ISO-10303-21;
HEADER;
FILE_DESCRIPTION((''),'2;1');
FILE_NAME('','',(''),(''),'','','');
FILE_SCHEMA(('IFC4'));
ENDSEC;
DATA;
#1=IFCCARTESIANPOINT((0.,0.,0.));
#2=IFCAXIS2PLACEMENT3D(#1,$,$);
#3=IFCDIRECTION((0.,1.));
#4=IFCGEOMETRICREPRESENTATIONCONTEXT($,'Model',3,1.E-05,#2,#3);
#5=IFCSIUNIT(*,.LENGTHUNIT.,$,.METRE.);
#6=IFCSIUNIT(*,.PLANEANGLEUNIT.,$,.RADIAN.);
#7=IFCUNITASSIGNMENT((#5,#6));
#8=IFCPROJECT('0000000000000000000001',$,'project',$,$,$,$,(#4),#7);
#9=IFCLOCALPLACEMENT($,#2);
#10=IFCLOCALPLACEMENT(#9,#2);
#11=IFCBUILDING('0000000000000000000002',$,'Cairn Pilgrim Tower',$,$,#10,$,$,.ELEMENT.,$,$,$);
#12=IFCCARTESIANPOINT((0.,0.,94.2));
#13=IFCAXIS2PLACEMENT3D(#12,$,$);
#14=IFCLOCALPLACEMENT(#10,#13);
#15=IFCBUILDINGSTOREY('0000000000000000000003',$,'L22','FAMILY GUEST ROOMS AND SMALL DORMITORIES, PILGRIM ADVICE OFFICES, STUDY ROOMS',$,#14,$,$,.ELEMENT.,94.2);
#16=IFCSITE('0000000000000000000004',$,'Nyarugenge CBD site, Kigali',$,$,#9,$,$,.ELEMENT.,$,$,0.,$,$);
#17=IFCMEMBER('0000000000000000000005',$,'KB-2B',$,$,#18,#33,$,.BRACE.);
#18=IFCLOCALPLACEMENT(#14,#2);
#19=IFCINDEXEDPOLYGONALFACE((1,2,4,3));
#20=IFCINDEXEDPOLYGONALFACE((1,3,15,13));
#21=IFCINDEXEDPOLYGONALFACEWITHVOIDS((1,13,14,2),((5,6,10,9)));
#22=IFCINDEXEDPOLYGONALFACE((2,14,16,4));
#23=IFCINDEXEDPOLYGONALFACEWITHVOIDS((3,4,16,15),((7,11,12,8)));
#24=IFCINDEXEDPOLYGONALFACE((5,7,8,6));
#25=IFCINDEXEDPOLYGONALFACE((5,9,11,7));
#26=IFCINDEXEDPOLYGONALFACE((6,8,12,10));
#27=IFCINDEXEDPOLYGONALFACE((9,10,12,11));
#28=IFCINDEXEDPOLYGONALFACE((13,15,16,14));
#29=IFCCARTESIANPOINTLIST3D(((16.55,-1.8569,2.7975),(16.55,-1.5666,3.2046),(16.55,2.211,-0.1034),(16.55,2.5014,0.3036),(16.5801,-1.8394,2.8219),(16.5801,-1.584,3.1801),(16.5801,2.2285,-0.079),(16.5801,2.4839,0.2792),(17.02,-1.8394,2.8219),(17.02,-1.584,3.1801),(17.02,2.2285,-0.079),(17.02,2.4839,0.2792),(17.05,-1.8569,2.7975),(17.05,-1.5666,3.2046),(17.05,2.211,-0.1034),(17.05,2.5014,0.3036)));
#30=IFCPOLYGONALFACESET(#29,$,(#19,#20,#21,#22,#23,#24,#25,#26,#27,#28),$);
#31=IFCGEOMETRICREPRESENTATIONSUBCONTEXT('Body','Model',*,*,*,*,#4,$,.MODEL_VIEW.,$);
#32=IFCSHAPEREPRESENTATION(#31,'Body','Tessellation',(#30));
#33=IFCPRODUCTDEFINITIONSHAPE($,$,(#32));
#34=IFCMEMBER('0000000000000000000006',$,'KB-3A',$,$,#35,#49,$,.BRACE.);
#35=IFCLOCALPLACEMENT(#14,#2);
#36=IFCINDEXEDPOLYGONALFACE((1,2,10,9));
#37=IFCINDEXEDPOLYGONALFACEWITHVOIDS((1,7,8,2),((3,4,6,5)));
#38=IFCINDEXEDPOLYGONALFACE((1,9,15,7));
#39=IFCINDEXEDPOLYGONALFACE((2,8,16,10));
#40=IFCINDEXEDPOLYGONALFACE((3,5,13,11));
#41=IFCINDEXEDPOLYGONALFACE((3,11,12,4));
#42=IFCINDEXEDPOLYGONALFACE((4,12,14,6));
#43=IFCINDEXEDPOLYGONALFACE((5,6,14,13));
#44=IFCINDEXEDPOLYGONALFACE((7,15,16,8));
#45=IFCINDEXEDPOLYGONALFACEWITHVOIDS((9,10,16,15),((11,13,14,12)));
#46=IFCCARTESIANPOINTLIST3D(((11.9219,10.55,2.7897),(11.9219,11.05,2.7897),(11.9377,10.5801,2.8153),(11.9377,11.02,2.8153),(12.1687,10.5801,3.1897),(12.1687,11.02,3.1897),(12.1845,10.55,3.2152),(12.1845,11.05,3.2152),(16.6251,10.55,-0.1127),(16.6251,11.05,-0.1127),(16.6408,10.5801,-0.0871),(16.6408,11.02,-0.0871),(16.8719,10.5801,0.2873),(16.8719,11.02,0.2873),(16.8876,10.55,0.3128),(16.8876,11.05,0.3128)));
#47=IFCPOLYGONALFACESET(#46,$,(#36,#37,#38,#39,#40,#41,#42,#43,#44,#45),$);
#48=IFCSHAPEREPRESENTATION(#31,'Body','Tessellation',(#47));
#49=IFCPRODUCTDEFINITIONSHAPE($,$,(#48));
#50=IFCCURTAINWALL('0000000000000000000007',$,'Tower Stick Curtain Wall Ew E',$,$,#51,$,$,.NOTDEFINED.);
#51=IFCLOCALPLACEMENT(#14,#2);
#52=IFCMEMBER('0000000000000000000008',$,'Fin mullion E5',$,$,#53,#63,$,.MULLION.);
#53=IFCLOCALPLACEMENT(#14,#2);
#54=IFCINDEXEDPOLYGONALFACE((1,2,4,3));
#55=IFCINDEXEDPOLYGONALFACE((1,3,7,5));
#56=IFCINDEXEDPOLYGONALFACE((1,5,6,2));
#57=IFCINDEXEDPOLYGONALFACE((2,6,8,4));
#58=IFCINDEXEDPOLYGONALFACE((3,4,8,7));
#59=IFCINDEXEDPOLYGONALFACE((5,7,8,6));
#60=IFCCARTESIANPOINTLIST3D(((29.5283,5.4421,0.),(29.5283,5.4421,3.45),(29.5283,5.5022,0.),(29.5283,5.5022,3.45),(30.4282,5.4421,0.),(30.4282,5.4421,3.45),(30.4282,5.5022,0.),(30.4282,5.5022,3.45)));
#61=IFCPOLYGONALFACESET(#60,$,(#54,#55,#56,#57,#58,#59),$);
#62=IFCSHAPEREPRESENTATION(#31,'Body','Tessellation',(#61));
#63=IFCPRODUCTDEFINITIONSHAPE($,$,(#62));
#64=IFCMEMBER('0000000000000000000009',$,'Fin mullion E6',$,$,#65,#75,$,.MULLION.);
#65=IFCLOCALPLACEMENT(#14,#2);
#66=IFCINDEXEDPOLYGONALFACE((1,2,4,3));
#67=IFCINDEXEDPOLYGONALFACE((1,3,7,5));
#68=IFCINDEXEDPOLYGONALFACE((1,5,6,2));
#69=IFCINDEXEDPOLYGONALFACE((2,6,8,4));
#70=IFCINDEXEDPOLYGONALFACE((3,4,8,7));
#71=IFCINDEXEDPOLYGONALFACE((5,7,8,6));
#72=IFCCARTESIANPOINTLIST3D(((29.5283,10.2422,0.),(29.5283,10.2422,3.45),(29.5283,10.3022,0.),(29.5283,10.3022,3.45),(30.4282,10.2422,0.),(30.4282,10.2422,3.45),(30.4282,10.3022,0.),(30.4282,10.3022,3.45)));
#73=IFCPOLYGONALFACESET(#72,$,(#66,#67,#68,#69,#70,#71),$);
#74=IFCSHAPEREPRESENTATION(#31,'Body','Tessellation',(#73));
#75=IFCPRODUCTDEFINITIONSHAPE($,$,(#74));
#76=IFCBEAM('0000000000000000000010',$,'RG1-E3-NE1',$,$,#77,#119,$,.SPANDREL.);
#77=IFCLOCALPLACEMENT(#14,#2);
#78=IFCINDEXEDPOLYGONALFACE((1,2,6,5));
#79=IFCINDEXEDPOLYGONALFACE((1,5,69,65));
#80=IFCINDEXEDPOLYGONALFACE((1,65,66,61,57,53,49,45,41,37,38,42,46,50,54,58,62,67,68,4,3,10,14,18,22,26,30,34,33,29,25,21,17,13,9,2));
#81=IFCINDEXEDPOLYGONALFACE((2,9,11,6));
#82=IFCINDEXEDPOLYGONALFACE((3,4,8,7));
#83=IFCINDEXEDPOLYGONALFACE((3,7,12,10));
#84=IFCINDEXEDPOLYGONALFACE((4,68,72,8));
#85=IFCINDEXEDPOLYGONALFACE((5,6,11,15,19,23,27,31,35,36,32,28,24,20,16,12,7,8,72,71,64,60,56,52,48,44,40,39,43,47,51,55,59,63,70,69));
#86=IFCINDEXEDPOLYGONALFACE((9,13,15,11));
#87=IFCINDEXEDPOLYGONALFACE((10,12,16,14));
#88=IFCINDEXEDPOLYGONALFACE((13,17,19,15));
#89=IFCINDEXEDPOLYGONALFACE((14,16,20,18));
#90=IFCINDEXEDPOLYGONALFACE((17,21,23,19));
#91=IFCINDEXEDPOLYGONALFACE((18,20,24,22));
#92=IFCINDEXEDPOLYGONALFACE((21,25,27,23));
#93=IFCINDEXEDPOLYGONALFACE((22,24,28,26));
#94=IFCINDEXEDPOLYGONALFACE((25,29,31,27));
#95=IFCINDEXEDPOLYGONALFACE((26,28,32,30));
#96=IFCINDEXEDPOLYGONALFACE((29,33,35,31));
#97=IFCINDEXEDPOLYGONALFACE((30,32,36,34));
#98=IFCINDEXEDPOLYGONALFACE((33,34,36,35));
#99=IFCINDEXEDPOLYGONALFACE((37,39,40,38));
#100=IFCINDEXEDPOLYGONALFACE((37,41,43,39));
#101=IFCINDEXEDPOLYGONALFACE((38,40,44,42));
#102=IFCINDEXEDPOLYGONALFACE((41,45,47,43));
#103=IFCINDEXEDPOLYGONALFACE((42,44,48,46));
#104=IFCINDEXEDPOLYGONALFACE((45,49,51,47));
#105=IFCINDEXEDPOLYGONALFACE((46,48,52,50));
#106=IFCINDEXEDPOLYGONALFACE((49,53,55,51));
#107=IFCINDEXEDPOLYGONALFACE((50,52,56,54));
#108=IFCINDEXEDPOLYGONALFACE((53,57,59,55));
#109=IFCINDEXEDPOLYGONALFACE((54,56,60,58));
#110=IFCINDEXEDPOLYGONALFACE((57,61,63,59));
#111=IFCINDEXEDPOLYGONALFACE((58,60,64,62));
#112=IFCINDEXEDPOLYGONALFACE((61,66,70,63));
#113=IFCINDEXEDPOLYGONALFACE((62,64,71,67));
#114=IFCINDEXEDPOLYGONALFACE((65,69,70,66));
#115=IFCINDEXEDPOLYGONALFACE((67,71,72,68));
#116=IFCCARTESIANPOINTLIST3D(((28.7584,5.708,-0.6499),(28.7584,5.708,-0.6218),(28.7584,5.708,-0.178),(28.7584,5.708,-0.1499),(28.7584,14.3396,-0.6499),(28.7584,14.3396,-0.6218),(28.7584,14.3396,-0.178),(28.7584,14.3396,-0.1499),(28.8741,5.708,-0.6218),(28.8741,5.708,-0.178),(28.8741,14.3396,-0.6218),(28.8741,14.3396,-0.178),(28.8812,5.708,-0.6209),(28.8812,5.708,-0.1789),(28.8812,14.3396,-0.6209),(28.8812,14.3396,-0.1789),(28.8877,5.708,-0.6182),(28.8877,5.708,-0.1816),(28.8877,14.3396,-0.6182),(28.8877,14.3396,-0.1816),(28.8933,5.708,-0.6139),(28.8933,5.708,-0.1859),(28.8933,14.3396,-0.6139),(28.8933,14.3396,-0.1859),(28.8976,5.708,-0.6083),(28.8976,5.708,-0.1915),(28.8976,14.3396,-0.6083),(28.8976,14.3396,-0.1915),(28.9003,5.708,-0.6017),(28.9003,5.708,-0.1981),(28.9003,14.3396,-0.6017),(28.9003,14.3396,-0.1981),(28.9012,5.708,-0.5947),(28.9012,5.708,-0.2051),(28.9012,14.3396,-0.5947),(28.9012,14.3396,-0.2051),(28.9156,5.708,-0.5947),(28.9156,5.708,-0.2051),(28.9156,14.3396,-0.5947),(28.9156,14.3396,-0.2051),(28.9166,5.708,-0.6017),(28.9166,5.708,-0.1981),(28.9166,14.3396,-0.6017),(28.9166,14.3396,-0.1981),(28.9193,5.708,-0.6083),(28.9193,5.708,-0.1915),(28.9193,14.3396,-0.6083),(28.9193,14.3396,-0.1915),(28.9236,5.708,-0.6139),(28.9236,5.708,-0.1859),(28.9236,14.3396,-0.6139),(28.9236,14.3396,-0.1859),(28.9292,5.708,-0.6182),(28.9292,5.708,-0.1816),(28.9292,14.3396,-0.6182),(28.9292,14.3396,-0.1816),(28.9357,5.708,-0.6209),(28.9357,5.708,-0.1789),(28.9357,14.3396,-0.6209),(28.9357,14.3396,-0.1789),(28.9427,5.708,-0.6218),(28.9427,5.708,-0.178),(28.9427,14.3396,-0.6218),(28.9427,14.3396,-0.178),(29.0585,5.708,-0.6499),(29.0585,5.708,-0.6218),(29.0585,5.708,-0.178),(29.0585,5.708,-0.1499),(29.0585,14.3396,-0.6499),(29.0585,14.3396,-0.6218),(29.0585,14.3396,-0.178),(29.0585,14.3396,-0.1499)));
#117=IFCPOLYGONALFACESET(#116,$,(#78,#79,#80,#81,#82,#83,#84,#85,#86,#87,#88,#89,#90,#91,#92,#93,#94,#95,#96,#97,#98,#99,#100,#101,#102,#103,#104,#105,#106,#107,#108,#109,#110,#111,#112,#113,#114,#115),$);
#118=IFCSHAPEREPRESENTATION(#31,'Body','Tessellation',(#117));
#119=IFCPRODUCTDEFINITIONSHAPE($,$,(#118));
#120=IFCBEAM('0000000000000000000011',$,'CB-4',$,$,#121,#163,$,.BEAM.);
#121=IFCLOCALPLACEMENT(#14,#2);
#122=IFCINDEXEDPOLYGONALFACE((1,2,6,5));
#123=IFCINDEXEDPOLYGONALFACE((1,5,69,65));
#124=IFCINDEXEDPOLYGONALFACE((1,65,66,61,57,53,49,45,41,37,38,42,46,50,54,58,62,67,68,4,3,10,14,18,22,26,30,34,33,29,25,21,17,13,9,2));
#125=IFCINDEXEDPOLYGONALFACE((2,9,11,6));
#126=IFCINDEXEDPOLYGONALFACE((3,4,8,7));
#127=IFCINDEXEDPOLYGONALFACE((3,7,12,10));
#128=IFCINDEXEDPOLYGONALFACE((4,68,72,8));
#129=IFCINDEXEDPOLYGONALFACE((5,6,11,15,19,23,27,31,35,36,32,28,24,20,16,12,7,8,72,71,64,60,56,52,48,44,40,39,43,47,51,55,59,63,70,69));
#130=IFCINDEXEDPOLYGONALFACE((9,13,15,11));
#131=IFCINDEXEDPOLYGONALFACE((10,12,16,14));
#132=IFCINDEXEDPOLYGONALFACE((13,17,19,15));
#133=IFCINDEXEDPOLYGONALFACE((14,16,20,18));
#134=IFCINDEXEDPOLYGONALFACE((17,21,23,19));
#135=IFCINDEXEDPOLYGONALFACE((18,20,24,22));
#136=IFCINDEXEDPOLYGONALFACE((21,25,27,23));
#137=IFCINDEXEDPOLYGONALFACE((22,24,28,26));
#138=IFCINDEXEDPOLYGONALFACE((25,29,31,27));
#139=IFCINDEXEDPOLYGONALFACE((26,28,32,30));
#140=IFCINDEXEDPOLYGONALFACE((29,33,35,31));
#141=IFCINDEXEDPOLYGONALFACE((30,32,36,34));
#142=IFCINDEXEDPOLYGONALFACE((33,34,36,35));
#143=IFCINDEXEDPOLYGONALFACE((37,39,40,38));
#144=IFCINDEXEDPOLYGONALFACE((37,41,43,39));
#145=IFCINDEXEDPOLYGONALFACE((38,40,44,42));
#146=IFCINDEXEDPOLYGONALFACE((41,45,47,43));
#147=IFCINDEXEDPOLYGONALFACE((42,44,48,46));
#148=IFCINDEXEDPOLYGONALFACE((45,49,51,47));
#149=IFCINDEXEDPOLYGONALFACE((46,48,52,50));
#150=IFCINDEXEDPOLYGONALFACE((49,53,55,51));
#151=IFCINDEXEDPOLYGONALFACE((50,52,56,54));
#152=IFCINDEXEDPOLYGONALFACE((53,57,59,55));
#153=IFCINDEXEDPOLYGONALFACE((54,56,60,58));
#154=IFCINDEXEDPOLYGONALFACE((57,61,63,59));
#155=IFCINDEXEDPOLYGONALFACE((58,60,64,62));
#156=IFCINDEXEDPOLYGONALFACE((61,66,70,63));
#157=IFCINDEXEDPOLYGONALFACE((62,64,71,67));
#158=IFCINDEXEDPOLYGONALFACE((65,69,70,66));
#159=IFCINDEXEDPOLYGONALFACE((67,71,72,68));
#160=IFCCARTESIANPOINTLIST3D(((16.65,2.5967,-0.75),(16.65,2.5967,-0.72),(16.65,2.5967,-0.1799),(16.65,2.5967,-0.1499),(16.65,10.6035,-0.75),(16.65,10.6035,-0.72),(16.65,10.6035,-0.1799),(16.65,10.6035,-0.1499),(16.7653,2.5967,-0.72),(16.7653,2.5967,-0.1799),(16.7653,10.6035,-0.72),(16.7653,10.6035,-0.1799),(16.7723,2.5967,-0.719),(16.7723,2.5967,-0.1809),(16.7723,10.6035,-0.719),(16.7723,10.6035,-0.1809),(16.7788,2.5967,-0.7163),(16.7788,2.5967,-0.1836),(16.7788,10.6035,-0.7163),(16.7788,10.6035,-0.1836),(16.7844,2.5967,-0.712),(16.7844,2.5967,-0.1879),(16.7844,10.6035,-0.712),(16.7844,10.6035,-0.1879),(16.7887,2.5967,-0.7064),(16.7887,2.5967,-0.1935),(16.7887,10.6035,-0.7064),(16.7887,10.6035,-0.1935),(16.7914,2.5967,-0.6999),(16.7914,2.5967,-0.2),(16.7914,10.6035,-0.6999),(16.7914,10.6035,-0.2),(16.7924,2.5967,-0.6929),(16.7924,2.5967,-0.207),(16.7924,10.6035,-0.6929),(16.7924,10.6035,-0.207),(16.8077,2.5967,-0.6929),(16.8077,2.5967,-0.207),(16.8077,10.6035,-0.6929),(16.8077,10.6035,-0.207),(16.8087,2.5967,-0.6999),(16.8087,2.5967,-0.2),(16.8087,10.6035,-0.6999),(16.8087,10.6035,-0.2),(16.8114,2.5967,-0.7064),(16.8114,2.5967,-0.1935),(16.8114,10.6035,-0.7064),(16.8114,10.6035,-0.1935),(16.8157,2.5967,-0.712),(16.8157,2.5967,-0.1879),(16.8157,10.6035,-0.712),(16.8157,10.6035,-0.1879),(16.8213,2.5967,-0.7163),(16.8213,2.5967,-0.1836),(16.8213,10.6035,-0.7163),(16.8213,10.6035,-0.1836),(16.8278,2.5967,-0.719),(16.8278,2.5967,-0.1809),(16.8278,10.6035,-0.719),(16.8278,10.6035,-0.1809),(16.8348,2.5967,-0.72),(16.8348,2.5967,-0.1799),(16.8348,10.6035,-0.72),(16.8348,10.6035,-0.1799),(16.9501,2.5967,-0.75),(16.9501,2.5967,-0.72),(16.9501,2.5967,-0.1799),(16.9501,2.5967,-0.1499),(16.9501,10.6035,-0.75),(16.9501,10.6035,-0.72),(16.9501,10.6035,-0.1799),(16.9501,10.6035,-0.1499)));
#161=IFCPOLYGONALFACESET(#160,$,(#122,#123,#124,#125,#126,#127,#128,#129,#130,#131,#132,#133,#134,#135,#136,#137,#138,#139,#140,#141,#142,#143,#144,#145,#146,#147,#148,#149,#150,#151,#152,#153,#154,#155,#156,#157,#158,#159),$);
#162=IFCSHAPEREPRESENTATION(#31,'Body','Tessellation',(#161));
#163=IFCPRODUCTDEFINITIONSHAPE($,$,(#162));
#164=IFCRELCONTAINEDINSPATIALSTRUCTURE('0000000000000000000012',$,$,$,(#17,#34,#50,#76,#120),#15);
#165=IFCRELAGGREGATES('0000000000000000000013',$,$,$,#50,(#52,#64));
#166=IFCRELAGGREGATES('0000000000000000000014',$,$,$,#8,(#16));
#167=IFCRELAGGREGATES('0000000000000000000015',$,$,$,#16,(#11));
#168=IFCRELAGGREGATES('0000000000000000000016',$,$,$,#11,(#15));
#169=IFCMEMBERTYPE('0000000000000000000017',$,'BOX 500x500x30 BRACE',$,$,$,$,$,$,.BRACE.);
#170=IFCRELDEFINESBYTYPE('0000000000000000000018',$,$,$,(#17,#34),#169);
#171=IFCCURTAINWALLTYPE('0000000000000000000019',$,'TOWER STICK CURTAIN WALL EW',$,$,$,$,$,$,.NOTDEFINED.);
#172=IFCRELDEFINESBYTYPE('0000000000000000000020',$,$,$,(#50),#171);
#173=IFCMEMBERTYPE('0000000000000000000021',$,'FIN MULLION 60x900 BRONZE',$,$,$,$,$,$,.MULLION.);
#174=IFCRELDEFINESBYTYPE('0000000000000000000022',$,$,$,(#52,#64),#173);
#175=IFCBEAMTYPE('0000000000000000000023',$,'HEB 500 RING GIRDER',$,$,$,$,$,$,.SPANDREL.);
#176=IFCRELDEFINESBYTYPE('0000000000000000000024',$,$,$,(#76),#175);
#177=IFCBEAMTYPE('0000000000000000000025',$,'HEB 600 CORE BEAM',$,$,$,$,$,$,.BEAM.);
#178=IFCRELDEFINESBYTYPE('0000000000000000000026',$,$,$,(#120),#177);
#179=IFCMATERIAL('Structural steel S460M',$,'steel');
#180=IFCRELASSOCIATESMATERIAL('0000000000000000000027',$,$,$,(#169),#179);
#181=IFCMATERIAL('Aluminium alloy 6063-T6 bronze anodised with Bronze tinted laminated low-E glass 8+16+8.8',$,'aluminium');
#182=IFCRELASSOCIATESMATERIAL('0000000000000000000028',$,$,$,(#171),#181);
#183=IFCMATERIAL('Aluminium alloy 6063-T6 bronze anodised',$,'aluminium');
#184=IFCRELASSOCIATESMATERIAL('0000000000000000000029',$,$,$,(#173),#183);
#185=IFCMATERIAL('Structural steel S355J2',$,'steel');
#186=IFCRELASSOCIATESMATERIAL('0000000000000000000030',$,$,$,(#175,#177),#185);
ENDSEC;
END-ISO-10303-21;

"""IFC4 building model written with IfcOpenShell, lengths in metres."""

from ifc_helpers import new_model, si_unit, direction, frame, origin, origin_2d, place, context, subcontext, project, spatial, rectangle, hollow_rectangle, i_section, extrude, material, material_profile, profile_set, type_object, element, aggregate, save


model = new_model("IFC4")

# Units and contexts
model_context = context("Model", 3, precision=1e-05, world=origin(), true_north=direction((0.0, 1.0)))
body_context = subcontext(model_context, "Body", "Model", "MODEL_VIEW")
ifc_project = project(units=[si_unit("LENGTHUNIT", "METRE"), si_unit("PLANEANGLEUNIT", "RADIAN")], contexts=[model_context])

# Site, building, storey
site_placement = place(None, origin())
site = spatial("IfcSite", under=ifc_project, at=site_placement, Name="Nyarugenge CBD site, Kigali", CompositionType="ELEMENT", RefElevation=0.0)
building_placement = place(site_placement, origin())
building = spatial("IfcBuilding", under=site, at=building_placement, Name="Cairn Pilgrim Tower", CompositionType="ELEMENT")
storey_placement = place(building_placement, frame((0.0, 0.0, 94.2)))
storey = spatial("IfcBuildingStorey", under=building, at=storey_placement, Name="L22", Description="FAMILY GUEST ROOMS AND SMALL DORMITORIES, PILGRIM ADVICE OFFICES, STUDY ROOMS", CompositionType="ELEMENT", Elevation=94.2)

# Shared definitions
ifc_material_1 = material(Name="Structural steel S460M", Category="steel")

# Members
ifc_material_profile_1 = material_profile(ifc_material_1, hollow_rectangle(XDim=0.5, YDim=0.5, WallThickness=0.03, at=origin_2d()), Name="BOX 500x500x30")
ifc_profile_set_1 = profile_set([ifc_material_profile_1], Name="Structural steel S460M")
member_type_1 = type_object("IfcMemberType", Name="BOX 500x500x30 BRACE", PredefinedType="BRACE", material=ifc_profile_set_1)
member_1_placement = place(storey_placement, frame((16.8, 2.3562, 0.1001), z_axis=(0.0, -0.814182, 0.580609), x_axis=(1.0, 0.0, 0.0)))
element("IfcMember", 1, at=member_1_placement, inside=storey, type_object=member_type_1, Name="KB-2B", PredefinedType="BRACE", context=body_context, shape_type="SweptSolid", body=[
    extrude(hollow_rectangle(XDim=0.5, YDim=0.5, WallThickness=0.03, at=origin_2d()), origin(), (0.0, 0.0, 1.0), 4.9963),
])
member_2_placement = place(storey_placement, frame((16.7563, 10.8, 0.1001), z_axis=(-0.851002, 0.0, 0.525162), x_axis=(0.0, -1.0, 0.0)))
element("IfcMember", 2, at=member_2_placement, inside=storey, type_object=member_type_1, Name="KB-3A", PredefinedType="BRACE", context=body_context, shape_type="SweptSolid", body=[
    extrude(hollow_rectangle(XDim=0.5, YDim=0.5, WallThickness=0.03, at=origin_2d()), origin(), (0.0, 0.0, 1.0), 5.5266),
])

# Curtain wall, members
ifc_material_2 = material(Name="Aluminium alloy 6063-T6 bronze anodised with Bronze tinted laminated low-E glass 8+16+8.8", Category="aluminium")
curtain_wall_type = type_object("IfcCurtainWallType", Name="TOWER STICK CURTAIN WALL EW", PredefinedType="NOTDEFINED", material=ifc_material_2)
curtain_wall_placement = place(storey_placement, origin())
curtain_wall = element("IfcCurtainWall", 3, at=curtain_wall_placement, inside=storey, type_object=curtain_wall_type, Name="Tower Stick Curtain Wall Ew E", PredefinedType="NOTDEFINED")
ifc_material_3 = material(Name="Aluminium alloy 6063-T6 bronze anodised", Category="aluminium")
ifc_material_profile_2 = material_profile(ifc_material_3, rectangle(XDim=0.8999, YDim=0.0601, at=origin_2d()), Name="FIN MULLION 60x900 BRONZE")
ifc_profile_set_2 = profile_set([ifc_material_profile_2], Name="Aluminium alloy 6063-T6 bronze anodised")
member_type_2 = type_object("IfcMemberType", Name="FIN MULLION 60x900 BRONZE", PredefinedType="MULLION", material=ifc_profile_set_2)
member_3_placement = place(storey_placement, frame((29.9783, 5.4722, 0.0), z_axis=(0.0, 0.0, 1.0), x_axis=(1.0, 0.0, 0.0)))
member_3 = element("IfcMember", 4, at=member_3_placement, type_object=member_type_2, Name="Fin mullion E5", PredefinedType="MULLION", context=body_context, shape_type="SweptSolid", body=[
    extrude(rectangle(XDim=0.8999, YDim=0.0601, at=origin_2d()), origin(), (0.0, 0.0, 1.0), 3.45),
])
member_4_placement = place(storey_placement, frame((29.9783, 10.2722, 0.0), z_axis=(0.0, 0.0, 1.0), x_axis=(1.0, 0.0, 0.0)))
member_4 = element("IfcMember", 5, at=member_4_placement, type_object=member_type_2, Name="Fin mullion E6", PredefinedType="MULLION", context=body_context, shape_type="SweptSolid", body=[
    extrude(rectangle(XDim=0.8999, YDim=0.0601, at=origin_2d()), origin(), (0.0, 0.0, 1.0), 3.45),
])

# Beams
ifc_material_4 = material(Name="Structural steel S355J2", Category="steel")
ifc_material_profile_3 = material_profile(ifc_material_4, i_section(OverallWidth=0.3, OverallDepth=0.5, WebThickness=0.0144, FlangeThickness=0.0281, FilletRadius=0.0271, at=origin_2d()), Name="HEB 500")
ifc_profile_set_3 = profile_set([ifc_material_profile_3], Name="Structural steel S355J2")
beam_type_1 = type_object("IfcBeamType", Name="HEB 500 RING GIRDER", PredefinedType="SPANDREL", material=ifc_profile_set_3)
beam_1_placement = place(storey_placement, frame((28.9084, 5.708, -0.3999), z_axis=(0.0, 1.0, 0.0), x_axis=(-1.0, 0.0, 0.0)))
element("IfcBeam", 6, at=beam_1_placement, inside=storey, type_object=beam_type_1, Name="RG1-E3-NE1", PredefinedType="SPANDREL", context=body_context, shape_type="SweptSolid", body=[
    extrude(i_section(OverallWidth=0.3, OverallDepth=0.5, WebThickness=0.0144, FlangeThickness=0.0281, FilletRadius=0.0271, at=origin_2d()), origin(), (0.0, 0.0, 1.0), 8.6316),
])
ifc_material_profile_4 = material_profile(ifc_material_4, i_section(OverallWidth=0.3, OverallDepth=0.6001, WebThickness=0.0154, FlangeThickness=0.03, FilletRadius=0.0271, at=origin_2d()), Name="HEB 600")
ifc_profile_set_4 = profile_set([ifc_material_profile_4], Name="Structural steel S355J2")
beam_type_2 = type_object("IfcBeamType", Name="HEB 600 CORE BEAM", PredefinedType="BEAM", material=ifc_profile_set_4)
beam_2_placement = place(storey_placement, frame((16.8, 2.5967, -0.45), z_axis=(0.0, 1.0, 0.0), x_axis=(-1.0, 0.0, 0.0)))
element("IfcBeam", 7, at=beam_2_placement, inside=storey, type_object=beam_type_2, Name="CB-4", PredefinedType="BEAM", context=body_context, shape_type="SweptSolid", body=[
    extrude(i_section(OverallWidth=0.3, OverallDepth=0.6001, WebThickness=0.0154, FlangeThickness=0.03, FilletRadius=0.0271, at=origin_2d()), origin(), (0.0, 0.0, 1.0), 8.0068),
])

aggregate(curtain_wall, [member_3, member_4])

save(model, "model.ifc")
